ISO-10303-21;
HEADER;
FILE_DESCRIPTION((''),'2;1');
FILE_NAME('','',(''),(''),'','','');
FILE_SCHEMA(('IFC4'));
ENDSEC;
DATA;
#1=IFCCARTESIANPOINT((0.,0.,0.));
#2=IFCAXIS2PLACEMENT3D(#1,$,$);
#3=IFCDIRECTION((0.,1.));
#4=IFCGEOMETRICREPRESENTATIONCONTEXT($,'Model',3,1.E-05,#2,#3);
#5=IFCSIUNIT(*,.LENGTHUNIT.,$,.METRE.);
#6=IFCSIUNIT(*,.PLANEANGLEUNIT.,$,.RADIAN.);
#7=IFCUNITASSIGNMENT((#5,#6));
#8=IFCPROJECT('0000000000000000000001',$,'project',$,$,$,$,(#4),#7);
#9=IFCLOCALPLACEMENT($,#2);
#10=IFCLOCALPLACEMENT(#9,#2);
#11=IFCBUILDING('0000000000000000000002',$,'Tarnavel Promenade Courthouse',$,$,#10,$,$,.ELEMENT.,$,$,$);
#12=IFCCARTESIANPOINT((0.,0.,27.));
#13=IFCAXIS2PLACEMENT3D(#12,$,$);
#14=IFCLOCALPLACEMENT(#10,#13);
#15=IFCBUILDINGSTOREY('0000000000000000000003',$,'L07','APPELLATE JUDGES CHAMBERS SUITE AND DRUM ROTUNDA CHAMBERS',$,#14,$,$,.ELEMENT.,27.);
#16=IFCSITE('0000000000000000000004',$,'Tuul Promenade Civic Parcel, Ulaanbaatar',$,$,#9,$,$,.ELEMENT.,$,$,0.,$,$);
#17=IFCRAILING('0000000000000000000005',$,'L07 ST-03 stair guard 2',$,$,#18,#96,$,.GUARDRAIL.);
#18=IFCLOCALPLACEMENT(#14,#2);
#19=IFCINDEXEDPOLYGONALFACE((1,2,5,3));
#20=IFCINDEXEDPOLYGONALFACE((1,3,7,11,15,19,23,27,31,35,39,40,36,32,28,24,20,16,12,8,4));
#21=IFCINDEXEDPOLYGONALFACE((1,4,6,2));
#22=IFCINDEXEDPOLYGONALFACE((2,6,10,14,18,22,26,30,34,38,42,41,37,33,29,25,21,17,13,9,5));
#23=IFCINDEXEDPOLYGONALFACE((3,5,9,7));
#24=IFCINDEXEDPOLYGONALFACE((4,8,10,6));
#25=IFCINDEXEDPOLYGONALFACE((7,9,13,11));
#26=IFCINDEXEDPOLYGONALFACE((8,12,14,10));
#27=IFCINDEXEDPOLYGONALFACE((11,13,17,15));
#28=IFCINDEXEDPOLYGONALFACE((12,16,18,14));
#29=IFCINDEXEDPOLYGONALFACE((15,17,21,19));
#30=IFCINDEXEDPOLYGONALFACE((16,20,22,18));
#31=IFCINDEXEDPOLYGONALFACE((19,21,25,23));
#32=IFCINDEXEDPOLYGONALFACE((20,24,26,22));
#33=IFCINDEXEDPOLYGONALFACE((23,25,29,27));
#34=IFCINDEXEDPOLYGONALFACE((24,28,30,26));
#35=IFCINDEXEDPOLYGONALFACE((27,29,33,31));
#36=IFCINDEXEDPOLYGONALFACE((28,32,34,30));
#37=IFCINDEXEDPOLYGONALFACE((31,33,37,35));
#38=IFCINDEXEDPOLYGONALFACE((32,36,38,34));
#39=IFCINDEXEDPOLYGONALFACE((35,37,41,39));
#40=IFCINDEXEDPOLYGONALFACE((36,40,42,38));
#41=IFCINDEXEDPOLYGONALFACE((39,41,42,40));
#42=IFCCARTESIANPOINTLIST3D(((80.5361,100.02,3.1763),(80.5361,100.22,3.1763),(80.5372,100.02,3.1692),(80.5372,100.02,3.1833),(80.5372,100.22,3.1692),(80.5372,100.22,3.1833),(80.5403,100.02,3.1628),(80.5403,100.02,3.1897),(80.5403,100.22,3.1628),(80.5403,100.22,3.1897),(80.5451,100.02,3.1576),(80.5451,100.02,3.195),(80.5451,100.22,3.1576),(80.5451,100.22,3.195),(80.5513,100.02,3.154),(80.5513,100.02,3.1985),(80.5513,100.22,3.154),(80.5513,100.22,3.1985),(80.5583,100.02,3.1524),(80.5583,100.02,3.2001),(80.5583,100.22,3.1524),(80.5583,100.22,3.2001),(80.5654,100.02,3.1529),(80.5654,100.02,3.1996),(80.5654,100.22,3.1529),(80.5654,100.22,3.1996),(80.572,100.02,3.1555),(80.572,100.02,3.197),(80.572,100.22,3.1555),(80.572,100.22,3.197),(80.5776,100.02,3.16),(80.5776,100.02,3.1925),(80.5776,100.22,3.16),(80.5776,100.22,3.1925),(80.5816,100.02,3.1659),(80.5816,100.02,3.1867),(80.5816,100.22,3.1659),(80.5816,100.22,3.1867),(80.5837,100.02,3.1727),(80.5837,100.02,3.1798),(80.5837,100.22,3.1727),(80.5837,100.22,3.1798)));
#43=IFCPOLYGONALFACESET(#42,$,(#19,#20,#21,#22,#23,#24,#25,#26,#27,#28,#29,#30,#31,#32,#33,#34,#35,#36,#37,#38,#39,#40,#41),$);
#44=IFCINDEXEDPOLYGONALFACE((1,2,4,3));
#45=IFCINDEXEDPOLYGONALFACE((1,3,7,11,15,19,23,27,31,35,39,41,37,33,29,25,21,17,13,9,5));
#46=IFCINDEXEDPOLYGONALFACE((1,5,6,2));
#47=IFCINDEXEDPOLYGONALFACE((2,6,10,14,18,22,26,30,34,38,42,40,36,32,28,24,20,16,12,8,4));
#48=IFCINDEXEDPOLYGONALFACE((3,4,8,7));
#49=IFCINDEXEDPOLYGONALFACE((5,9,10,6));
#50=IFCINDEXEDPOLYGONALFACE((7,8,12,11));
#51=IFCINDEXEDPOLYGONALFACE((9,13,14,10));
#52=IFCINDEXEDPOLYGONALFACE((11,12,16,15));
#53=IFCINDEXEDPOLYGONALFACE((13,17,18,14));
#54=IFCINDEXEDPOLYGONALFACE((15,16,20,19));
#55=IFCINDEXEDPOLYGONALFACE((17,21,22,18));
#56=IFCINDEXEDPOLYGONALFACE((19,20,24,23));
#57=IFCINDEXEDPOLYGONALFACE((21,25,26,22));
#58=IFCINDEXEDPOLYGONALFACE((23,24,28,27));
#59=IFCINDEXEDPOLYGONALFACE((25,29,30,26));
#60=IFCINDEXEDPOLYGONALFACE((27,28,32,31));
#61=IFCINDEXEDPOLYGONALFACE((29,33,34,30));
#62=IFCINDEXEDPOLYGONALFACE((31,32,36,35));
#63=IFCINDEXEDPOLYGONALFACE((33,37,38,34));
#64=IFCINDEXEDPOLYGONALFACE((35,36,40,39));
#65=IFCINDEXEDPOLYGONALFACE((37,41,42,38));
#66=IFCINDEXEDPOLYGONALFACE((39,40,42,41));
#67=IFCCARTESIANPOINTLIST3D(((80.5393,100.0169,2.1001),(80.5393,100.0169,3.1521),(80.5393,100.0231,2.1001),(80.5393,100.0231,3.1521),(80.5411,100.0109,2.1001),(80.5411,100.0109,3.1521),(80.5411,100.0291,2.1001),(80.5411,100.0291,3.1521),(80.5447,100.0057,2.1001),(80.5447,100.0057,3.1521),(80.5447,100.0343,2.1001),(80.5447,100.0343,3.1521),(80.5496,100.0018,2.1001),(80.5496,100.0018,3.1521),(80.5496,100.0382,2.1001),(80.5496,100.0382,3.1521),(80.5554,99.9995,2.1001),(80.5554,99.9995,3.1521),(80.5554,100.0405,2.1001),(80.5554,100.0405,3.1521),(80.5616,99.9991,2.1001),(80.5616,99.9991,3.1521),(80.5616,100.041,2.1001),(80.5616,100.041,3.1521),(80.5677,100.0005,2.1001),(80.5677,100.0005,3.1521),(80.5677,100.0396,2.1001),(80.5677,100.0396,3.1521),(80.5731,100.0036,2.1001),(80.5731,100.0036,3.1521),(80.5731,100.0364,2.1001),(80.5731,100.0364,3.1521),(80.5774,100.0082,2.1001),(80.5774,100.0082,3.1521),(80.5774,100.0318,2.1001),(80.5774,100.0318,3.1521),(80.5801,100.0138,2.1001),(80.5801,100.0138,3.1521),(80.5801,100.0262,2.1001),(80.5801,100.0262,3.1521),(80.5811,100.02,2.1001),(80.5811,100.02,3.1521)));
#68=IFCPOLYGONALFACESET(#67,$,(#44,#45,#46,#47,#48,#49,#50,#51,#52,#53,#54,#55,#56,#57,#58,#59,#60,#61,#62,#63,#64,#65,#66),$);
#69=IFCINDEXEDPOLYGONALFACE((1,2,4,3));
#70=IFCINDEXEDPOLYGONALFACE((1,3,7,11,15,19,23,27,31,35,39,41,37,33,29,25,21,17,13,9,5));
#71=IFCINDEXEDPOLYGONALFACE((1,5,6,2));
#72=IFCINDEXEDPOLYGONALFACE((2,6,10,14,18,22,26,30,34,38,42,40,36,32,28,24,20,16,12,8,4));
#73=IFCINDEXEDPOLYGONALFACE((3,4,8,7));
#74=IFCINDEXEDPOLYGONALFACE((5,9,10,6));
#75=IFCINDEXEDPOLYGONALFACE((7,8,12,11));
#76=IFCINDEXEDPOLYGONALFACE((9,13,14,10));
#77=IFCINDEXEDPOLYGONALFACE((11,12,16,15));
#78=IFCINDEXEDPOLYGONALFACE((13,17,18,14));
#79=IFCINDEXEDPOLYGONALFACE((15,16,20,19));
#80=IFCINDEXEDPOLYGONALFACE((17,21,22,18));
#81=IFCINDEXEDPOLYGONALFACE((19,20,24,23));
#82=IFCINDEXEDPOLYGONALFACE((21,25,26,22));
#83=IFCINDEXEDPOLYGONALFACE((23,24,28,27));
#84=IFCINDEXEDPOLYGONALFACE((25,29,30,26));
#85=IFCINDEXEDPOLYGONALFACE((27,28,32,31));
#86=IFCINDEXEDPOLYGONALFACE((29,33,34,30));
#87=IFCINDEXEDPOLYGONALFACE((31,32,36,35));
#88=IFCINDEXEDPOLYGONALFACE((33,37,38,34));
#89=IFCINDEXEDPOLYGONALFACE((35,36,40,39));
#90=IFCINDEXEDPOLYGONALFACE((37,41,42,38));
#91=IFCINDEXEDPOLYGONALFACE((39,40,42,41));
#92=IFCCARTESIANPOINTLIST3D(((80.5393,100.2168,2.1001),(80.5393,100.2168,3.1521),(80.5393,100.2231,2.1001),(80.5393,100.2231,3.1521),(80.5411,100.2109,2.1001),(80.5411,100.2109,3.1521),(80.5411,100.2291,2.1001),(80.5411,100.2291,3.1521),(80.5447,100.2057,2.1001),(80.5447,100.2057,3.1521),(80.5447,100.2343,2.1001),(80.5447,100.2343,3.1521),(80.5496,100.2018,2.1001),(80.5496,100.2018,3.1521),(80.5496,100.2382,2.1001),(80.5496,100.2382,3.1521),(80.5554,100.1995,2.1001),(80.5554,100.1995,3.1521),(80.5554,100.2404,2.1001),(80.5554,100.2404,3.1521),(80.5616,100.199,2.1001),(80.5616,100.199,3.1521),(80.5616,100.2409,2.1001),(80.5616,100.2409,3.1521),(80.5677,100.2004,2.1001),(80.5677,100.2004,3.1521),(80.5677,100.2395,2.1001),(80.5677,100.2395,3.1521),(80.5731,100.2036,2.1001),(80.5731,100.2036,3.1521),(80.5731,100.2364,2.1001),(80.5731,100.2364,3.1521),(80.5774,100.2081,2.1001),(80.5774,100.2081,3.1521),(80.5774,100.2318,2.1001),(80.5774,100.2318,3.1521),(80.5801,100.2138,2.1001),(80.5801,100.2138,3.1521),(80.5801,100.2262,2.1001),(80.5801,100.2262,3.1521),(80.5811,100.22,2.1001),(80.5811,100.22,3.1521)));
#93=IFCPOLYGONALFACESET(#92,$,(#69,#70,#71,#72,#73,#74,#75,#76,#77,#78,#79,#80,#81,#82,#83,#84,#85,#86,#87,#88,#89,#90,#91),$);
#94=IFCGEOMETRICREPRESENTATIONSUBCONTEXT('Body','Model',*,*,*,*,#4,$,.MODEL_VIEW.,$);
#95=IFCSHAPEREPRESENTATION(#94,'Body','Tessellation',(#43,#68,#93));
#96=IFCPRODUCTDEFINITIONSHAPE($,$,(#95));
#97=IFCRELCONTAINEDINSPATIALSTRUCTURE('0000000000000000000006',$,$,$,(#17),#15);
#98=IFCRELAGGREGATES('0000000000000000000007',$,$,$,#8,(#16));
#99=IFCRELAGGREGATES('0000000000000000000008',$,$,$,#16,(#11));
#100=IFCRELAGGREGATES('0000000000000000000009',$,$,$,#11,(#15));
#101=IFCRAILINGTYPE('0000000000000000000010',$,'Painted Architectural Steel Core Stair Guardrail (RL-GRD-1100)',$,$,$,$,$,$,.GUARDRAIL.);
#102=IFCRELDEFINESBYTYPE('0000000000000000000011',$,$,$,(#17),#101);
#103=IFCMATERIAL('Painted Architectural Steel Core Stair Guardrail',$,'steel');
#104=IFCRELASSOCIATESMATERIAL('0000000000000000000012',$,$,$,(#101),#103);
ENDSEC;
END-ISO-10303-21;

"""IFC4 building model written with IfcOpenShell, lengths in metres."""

from ifc_helpers import new_model, si_unit, direction, frame, origin, origin_2d, place, context, subcontext, project, spatial, circle, extrude, material, type_object, element, save


model = new_model("IFC4")

# Units and contexts
model_context = context("Model", 3, precision=1e-05, world=origin(), true_north=direction((0.0, 1.0)))
body_context = subcontext(model_context, "Body", "Model", "MODEL_VIEW")
ifc_project = project(units=[si_unit("LENGTHUNIT", "METRE"), si_unit("PLANEANGLEUNIT", "RADIAN")], contexts=[model_context])

# Site, building, storey
site_placement = place(None, origin())
site = spatial("IfcSite", under=ifc_project, at=site_placement, Name="Tuul Promenade Civic Parcel, Ulaanbaatar", CompositionType="ELEMENT", RefElevation=0.0)
building_placement = place(site_placement, origin())
building = spatial("IfcBuilding", under=site, at=building_placement, Name="Tarnavel Promenade Courthouse", CompositionType="ELEMENT")
storey_placement = place(building_placement, frame((0.0, 0.0, 27.0)))
storey = spatial("IfcBuildingStorey", under=building, at=storey_placement, Name="L07", Description="APPELLATE JUDGES CHAMBERS SUITE AND DRUM ROTUNDA CHAMBERS", CompositionType="ELEMENT", Elevation=27.0)

# Railing
ifc_material_1 = material(Name="Painted Architectural Steel Core Stair Guardrail", Category="steel")
railing_type_1 = type_object("IfcRailingType", Name="Painted Architectural Steel Core Stair Guardrail (RL-GRD-1100)", PredefinedType="GUARDRAIL", material=ifc_material_1)
railing_1_placement = place(storey_placement, frame((80.5601, 100.02, 2.1001)))
element("IfcRailing", 1, at=railing_1_placement, inside=storey, type_object=railing_type_1, Name="L07 ST-03 stair guard 2", PredefinedType="GUARDRAIL", context=body_context, shape_type="SweptSolid", body=[
    extrude(circle(Radius=0.0239, at=origin_2d()), frame((0.0, 0.0, 1.0762), z_axis=(0.0, 1.0, 0.0), x_axis=(-1.0, 0.0, 0.0)), (0.0, 0.0, 1.0), 0.2),
    extrude(circle(Radius=0.021, at=origin_2d()), origin(), (0.0, 0.0, 1.0), 1.052),
    extrude(circle(Radius=0.021, at=origin_2d()), frame((0.0, 0.2, 0.0)), (0.0, 0.0, 1.0), 1.052),
])

save(model, "model.ifc")
